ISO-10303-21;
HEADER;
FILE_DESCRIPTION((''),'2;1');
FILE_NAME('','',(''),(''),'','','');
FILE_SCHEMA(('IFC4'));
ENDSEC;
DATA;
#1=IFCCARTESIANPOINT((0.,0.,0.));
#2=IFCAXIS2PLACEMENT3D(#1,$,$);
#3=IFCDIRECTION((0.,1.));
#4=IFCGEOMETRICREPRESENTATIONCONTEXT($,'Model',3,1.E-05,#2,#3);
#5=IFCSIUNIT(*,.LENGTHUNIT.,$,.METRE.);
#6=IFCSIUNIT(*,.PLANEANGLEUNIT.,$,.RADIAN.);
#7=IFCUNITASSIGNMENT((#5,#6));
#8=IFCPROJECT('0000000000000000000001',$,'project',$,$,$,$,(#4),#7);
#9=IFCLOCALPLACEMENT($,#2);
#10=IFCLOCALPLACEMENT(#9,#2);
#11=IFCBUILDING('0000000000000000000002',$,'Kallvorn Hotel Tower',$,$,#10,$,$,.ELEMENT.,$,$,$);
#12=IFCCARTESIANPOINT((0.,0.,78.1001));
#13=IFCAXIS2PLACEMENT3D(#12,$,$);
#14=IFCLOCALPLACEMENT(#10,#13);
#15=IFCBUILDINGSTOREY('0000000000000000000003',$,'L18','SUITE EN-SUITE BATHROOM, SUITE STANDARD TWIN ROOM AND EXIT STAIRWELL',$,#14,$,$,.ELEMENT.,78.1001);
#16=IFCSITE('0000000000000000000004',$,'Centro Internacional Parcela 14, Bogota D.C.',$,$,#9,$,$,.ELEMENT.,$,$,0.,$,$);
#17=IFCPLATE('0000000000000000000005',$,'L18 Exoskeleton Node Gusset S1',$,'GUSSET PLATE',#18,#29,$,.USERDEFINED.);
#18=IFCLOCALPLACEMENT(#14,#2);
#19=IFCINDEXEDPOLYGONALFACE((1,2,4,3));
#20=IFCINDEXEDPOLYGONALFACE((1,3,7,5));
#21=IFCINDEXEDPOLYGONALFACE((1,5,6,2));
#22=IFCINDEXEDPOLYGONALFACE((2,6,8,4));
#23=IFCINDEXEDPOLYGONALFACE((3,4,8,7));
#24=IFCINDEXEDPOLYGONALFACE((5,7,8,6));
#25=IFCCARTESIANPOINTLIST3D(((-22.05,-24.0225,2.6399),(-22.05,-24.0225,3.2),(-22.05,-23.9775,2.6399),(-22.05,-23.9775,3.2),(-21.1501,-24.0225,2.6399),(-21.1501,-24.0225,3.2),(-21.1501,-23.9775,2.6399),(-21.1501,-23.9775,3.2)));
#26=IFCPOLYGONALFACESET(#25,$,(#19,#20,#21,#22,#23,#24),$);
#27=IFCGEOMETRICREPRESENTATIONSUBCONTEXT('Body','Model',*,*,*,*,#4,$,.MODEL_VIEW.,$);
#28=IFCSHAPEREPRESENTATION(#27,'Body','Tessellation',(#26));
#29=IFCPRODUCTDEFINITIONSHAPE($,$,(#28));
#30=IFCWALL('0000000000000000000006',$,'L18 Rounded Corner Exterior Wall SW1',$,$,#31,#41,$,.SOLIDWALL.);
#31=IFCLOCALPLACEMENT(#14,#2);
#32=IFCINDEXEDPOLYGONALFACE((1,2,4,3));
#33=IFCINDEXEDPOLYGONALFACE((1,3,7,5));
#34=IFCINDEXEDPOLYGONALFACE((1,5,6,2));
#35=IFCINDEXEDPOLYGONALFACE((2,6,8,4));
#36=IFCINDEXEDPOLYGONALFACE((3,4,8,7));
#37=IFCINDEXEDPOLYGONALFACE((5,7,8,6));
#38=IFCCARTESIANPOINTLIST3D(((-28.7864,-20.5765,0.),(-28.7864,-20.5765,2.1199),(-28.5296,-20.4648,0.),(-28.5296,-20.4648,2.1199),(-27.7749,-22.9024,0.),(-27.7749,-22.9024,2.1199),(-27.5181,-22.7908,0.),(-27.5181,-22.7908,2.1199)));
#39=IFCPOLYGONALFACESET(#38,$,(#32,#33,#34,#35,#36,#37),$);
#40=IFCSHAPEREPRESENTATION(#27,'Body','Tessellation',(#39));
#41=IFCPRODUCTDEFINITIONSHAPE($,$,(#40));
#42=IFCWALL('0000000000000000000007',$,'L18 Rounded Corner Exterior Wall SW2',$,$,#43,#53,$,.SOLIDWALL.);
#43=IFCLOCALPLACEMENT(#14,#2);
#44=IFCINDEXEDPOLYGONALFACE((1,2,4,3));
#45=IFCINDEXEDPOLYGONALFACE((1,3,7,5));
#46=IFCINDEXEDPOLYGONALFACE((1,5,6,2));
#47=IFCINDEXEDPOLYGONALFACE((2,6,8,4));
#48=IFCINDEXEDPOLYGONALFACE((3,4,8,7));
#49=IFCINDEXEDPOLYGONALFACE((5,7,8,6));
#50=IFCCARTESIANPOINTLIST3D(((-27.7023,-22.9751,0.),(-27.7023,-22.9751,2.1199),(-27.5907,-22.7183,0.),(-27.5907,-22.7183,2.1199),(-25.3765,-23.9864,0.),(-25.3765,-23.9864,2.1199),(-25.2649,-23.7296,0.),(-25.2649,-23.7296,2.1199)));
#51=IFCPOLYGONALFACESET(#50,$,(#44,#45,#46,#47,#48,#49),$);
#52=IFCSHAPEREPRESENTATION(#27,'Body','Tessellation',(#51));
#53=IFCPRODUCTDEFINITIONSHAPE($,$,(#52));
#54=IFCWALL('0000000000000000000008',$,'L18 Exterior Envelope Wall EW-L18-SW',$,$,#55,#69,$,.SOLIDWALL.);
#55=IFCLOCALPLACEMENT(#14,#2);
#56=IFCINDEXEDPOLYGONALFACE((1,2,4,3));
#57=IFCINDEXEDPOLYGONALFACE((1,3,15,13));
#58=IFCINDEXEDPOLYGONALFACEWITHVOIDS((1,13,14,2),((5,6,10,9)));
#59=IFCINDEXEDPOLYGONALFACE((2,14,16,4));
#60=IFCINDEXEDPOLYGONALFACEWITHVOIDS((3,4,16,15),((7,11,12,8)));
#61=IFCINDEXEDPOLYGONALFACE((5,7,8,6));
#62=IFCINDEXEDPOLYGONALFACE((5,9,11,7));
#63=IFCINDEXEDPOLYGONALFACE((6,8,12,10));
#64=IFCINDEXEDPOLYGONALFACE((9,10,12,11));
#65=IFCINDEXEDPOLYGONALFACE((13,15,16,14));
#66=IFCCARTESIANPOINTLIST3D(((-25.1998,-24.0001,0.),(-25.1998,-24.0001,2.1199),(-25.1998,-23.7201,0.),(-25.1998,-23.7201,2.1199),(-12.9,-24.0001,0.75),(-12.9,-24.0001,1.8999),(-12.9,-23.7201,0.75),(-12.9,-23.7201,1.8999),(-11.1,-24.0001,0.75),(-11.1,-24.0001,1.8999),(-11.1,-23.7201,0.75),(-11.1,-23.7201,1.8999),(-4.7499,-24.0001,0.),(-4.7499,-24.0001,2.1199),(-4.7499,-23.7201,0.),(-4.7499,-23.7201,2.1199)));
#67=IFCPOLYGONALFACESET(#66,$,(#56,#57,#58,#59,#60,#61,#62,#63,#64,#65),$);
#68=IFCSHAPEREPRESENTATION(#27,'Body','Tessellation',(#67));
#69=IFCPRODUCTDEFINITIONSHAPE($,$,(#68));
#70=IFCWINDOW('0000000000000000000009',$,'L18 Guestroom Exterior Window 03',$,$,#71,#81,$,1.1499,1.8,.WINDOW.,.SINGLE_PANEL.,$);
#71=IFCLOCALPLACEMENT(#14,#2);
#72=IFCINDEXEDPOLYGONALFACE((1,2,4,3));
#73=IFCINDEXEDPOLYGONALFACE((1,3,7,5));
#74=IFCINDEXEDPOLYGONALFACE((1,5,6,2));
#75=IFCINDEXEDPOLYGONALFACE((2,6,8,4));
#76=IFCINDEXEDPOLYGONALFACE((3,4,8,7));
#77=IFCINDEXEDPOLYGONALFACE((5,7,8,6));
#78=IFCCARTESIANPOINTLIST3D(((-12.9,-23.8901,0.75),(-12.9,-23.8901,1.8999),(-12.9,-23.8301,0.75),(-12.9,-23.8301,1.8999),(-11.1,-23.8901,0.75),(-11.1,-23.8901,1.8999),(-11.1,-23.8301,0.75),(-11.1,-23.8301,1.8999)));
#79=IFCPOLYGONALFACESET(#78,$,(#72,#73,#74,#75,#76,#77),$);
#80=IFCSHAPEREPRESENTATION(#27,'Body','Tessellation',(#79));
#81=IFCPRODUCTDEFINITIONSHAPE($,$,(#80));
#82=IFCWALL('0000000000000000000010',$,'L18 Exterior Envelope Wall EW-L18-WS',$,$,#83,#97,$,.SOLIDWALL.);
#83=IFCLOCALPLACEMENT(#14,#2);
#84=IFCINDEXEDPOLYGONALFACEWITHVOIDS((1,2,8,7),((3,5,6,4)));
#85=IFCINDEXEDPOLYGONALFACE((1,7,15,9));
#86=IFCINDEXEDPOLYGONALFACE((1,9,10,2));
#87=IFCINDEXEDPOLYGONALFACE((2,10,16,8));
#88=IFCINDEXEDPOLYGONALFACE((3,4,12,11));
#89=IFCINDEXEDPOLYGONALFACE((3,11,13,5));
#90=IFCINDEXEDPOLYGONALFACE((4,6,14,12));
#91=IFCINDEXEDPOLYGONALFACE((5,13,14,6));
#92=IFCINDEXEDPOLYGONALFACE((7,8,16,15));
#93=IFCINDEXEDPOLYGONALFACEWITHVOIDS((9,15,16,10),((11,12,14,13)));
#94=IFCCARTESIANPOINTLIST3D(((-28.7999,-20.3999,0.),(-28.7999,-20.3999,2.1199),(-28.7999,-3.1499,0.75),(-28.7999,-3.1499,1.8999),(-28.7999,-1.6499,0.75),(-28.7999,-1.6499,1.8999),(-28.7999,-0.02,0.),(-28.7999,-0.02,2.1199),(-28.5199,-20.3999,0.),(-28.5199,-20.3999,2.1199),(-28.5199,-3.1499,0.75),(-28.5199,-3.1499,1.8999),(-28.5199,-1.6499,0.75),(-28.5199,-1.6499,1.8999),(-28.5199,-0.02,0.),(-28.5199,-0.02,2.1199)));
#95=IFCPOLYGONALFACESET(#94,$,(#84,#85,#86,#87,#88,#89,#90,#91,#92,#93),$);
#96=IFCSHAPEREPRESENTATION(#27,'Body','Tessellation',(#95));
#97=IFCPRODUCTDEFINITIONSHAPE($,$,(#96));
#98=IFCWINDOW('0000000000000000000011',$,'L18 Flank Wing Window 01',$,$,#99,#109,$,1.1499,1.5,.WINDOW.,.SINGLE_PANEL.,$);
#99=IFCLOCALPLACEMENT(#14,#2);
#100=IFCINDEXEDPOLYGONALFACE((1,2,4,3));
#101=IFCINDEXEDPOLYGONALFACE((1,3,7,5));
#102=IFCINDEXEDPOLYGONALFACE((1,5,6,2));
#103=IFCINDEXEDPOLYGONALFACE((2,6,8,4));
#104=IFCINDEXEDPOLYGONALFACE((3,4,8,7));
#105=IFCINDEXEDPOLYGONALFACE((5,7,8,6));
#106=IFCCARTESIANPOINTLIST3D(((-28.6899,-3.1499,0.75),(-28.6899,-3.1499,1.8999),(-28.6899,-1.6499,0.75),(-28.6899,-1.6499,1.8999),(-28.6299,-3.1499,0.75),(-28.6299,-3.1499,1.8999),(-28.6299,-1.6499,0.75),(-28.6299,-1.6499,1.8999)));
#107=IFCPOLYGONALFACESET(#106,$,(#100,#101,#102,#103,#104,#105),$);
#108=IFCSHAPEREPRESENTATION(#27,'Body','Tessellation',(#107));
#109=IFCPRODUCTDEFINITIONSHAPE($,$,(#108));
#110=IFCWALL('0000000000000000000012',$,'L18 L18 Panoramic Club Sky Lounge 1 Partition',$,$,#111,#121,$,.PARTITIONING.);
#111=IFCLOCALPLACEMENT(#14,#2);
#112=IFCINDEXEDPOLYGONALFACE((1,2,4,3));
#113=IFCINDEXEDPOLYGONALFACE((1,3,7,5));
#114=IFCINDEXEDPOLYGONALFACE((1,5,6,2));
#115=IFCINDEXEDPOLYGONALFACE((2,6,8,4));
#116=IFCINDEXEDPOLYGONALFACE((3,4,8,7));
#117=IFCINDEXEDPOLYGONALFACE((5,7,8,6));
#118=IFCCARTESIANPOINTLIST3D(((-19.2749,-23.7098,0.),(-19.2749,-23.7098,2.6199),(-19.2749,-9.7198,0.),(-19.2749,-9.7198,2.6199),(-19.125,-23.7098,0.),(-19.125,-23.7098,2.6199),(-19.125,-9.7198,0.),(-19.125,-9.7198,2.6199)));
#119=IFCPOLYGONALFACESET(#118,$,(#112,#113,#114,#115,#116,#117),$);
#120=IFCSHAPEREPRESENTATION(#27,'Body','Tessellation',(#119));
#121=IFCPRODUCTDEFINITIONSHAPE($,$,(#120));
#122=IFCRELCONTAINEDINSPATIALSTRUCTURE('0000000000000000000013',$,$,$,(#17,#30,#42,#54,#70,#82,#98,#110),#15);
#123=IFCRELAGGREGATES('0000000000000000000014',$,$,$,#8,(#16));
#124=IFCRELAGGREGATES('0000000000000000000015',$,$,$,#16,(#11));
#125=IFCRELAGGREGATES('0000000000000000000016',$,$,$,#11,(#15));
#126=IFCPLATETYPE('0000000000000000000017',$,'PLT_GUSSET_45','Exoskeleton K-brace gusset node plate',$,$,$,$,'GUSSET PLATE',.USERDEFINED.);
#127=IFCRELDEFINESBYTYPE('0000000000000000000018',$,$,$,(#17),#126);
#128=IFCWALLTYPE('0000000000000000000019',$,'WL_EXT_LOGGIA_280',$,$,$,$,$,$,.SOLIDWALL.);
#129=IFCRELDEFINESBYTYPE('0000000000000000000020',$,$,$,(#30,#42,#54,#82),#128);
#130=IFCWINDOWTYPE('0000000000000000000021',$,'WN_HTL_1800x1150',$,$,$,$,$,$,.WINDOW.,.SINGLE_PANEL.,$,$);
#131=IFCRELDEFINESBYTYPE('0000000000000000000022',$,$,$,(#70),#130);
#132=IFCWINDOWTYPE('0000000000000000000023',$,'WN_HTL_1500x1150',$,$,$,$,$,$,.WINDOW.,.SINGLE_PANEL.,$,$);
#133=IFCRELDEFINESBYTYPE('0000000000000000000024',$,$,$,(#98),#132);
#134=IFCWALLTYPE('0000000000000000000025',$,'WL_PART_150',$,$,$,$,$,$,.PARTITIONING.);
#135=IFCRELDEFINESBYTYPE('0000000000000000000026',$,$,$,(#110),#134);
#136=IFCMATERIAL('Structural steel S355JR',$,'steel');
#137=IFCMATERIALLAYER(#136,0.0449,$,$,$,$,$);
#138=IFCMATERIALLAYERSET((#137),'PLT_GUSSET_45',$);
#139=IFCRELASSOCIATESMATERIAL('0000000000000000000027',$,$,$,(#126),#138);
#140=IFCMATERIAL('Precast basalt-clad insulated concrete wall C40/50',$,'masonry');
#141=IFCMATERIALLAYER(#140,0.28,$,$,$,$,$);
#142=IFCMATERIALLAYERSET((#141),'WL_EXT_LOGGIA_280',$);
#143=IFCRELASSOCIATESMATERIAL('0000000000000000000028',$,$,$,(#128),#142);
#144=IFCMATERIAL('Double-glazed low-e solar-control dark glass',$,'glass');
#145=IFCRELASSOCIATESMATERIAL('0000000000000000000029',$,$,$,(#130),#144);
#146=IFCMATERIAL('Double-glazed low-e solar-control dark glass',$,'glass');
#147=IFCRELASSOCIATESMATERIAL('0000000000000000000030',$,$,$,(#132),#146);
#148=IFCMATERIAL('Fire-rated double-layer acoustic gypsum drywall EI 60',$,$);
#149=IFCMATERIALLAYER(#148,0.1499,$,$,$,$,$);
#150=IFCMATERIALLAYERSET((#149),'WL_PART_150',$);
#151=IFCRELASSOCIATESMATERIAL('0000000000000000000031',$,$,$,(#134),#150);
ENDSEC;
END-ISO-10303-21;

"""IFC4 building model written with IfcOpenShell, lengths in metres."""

from ifc_helpers import new_model, si_unit, direction, frame, frame_2d, origin, origin_2d, place, context, subcontext, project, spatial, rectangle, extrude, material, layer, layer_set, type_object, element, fill, save


model = new_model("IFC4")

# Units and contexts
model_context = context("Model", 3, precision=1e-05, world=origin(), true_north=direction((0.0, 1.0)))
body_context = subcontext(model_context, "Body", "Model", "MODEL_VIEW")
ifc_project = project(units=[si_unit("LENGTHUNIT", "METRE"), si_unit("PLANEANGLEUNIT", "RADIAN")], contexts=[model_context])

# Site, building, storey
site_placement = place(None, origin())
site = spatial("IfcSite", under=ifc_project, at=site_placement, Name="Centro Internacional Parcela 14, Bogota D.C.", CompositionType="ELEMENT", RefElevation=0.0)
building_placement = place(site_placement, origin())
building = spatial("IfcBuilding", under=site, at=building_placement, Name="Kallvorn Hotel Tower", CompositionType="ELEMENT")
storey_placement = place(building_placement, frame((0.0, 0.0, 78.1001)))
storey = spatial("IfcBuildingStorey", under=building, at=storey_placement, Name="L18", Description="SUITE EN-SUITE BATHROOM, SUITE STANDARD TWIN ROOM AND EXIT STAIRWELL", CompositionType="ELEMENT", Elevation=78.1001)

# Plate
ifc_material_1 = material(Name="Structural steel S355JR", Category="steel")
ifc_layer_1 = layer(ifc_material_1, 0.0449)
ifc_layer_set_1 = layer_set([ifc_layer_1], Name="PLT_GUSSET_45")
plate_type_1 = type_object("IfcPlateType", Name="PLT_GUSSET_45", Description="Exoskeleton K-brace gusset node plate", ElementType="GUSSET PLATE", PredefinedType="USERDEFINED", material=ifc_layer_set_1)
plate_placement = place(storey_placement, frame((-21.6001, -24.0, 2.6399), z_axis=(0.0, 0.0, 1.0), x_axis=(1.0, 0.0, 0.0)))
element("IfcPlate", 1, at=plate_placement, inside=storey, type_object=plate_type_1, Name="L18 Exoskeleton Node Gusset S1", ObjectType="GUSSET PLATE", PredefinedType="USERDEFINED", context=body_context, shape_type="SweptSolid", body=[
    extrude(rectangle(XDim=0.8999, YDim=0.0449, at=origin_2d()), origin(), (0.0, 0.0, 1.0), 0.5601),
])

# Walls
ifc_material_2 = material(Name="Precast basalt-clad insulated concrete wall C40/50", Category="masonry")
ifc_layer_2 = layer(ifc_material_2, 0.28)
ifc_layer_set_2 = layer_set([ifc_layer_2], Name="WL_EXT_LOGGIA_280")
wall_type_1 = type_object("IfcWallType", Name="WL_EXT_LOGGIA_280", PredefinedType="SOLIDWALL", material=ifc_layer_set_2)
wall_1_placement = place(storey_placement, frame((-28.658, -20.5208, 0.0), z_axis=(0.0, 0.0, 1.0), x_axis=(0.398793, -0.917041, 0.0)))
element("IfcWall", 2, at=wall_1_placement, inside=storey, type_object=wall_type_1, Name="L18 Rounded Corner Exterior Wall SW1", PredefinedType="SOLIDWALL", context=body_context, shape_type="SweptSolid", body=[
    extrude(rectangle(XDim=2.5364, YDim=0.28, at=frame_2d((1.2681, 0.0))), origin(), (0.0, 0.0, 1.0), 2.1199),
])
wall_2_placement = place(storey_placement, frame((-27.6465, -22.8467, 0.0), z_axis=(0.0, 0.0, 1.0), x_axis=(0.917061, -0.398747, 0.0)))
element("IfcWall", 3, at=wall_2_placement, inside=storey, type_object=wall_type_1, Name="L18 Rounded Corner Exterior Wall SW2", PredefinedType="SOLIDWALL", context=body_context, shape_type="SweptSolid", body=[
    extrude(rectangle(XDim=2.5361, YDim=0.28, at=frame_2d((1.2681, 0.0))), origin(), (0.0, 0.0, 1.0), 2.1199),
])

# Walls, openings, windows
wall_3_placement = place(storey_placement, frame((-25.2, -23.8601, 0.0), z_axis=(0.0, 0.0, 1.0), x_axis=(1.0, 0.0, 0.0)))
wall_3 = element("IfcWall", 4, at=wall_3_placement, inside=storey, type_object=wall_type_1, Name="L18 Exterior Envelope Wall EW-L18-SW", PredefinedType="SOLIDWALL", context=body_context, shape_type="SweptSolid", body=[
    extrude(rectangle(XDim=20.45, YDim=0.28, at=frame_2d((10.2251, 0.0))), origin(), (0.0, 0.0, 1.0), 2.1199),
])
opening_1_placement = place(wall_3_placement, frame((12.3, 0.0, 0.75)))
opening_1 = element("IfcOpeningElement", 5, at=opening_1_placement, cuts=wall_3, PredefinedType="OPENING", context=body_context, shape_type="SweptSolid", body=[
    extrude(rectangle(XDim=1.8, YDim=1.1499, at=frame_2d((0.8999, 0.575))), frame((0.0, 0.155, 0.0), z_axis=(0.0, -1.0, 0.0), x_axis=(1.0, 0.0, 0.0)), (0.0, 0.0, 1.0), 0.3101),
])
ifc_material_3 = material(Name="Double-glazed low-e solar-control dark glass", Category="glass")
window_type_1 = type_object("IfcWindowType", Name="WN_HTL_1800x1150", PartitioningType="SINGLE_PANEL", PredefinedType="WINDOW", material=ifc_material_3)
window_1_placement = place(opening_1_placement, origin())
window_1 = element("IfcWindow", 6, at=window_1_placement, inside=storey, type_object=window_type_1, Name="L18 Guestroom Exterior Window 03", OverallHeight=1.1499, OverallWidth=1.8, PartitioningType="SINGLE_PANEL", PredefinedType="WINDOW", context=body_context, shape_type="SweptSolid", body=[
    extrude(rectangle(XDim=1.8, YDim=1.1499, at=frame_2d((0.8999, 0.575))), frame((0.0, 0.03, 0.0), z_axis=(0.0, -1.0, 0.0), x_axis=(1.0, 0.0, 0.0)), (0.0, 0.0, 1.0), 0.0601),
])
fill(opening_1, window_1)
wall_4_placement = place(storey_placement, frame((-28.6599, -20.3999, 0.0), z_axis=(0.0, 0.0, 1.0), x_axis=(0.0, 1.0, 0.0)))
wall_4 = element("IfcWall", 7, at=wall_4_placement, inside=storey, type_object=wall_type_1, Name="L18 Exterior Envelope Wall EW-L18-WS", PredefinedType="SOLIDWALL", context=body_context, shape_type="SweptSolid", body=[
    extrude(rectangle(XDim=20.3799, YDim=0.28, at=frame_2d((10.1899, 0.0))), origin(), (0.0, 0.0, 1.0), 2.1199),
])
opening_2_placement = place(wall_4_placement, frame((17.25, 0.0, 0.75)))
opening_2 = element("IfcOpeningElement", 8, at=opening_2_placement, cuts=wall_4, PredefinedType="OPENING", context=body_context, shape_type="SweptSolid", body=[
    extrude(rectangle(XDim=1.5, YDim=1.1499, at=frame_2d((0.75, 0.575))), frame((0.0, 0.155, 0.0), z_axis=(0.0, -1.0, 0.0), x_axis=(1.0, 0.0, 0.0)), (0.0, 0.0, 1.0), 0.3101),
])
ifc_material_4 = material(Name="Double-glazed low-e solar-control dark glass", Category="glass")
window_type_2 = type_object("IfcWindowType", Name="WN_HTL_1500x1150", PartitioningType="SINGLE_PANEL", PredefinedType="WINDOW", material=ifc_material_4)
window_2_placement = place(opening_2_placement, origin())
window_2 = element("IfcWindow", 9, at=window_2_placement, inside=storey, type_object=window_type_2, Name="L18 Flank Wing Window 01", OverallHeight=1.1499, OverallWidth=1.5, PartitioningType="SINGLE_PANEL", PredefinedType="WINDOW", context=body_context, shape_type="SweptSolid", body=[
    extrude(rectangle(XDim=1.5, YDim=1.1499, at=frame_2d((0.75, 0.575))), frame((0.0, 0.03, 0.0), z_axis=(0.0, -1.0, 0.0), x_axis=(1.0, 0.0, 0.0)), (0.0, 0.0, 1.0), 0.0601),
])
fill(opening_2, window_2)

# Wall
ifc_material_5 = material(Name="Fire-rated double-layer acoustic gypsum drywall EI 60")
ifc_layer_3 = layer(ifc_material_5, 0.1499)
ifc_layer_set_3 = layer_set([ifc_layer_3], Name="WL_PART_150")
wall_type_2 = type_object("IfcWallType", Name="WL_PART_150", PredefinedType="PARTITIONING", material=ifc_layer_set_3)
wall_5_placement = place(storey_placement, frame((-19.2, -23.71, 0.0), z_axis=(0.0, 0.0, 1.0), x_axis=(0.0, 1.0, 0.0)))
element("IfcWall", 10, at=wall_5_placement, inside=storey, type_object=wall_type_2, Name="L18 L18 Panoramic Club Sky Lounge 1 Partition", PredefinedType="PARTITIONING", context=body_context, shape_type="SweptSolid", body=[
    extrude(rectangle(XDim=13.99, YDim=0.1499, at=frame_2d((6.9951, 0.0))), origin(), (0.0, 0.0, 1.0), 2.6199),
])

save(model, "model.ifc")
